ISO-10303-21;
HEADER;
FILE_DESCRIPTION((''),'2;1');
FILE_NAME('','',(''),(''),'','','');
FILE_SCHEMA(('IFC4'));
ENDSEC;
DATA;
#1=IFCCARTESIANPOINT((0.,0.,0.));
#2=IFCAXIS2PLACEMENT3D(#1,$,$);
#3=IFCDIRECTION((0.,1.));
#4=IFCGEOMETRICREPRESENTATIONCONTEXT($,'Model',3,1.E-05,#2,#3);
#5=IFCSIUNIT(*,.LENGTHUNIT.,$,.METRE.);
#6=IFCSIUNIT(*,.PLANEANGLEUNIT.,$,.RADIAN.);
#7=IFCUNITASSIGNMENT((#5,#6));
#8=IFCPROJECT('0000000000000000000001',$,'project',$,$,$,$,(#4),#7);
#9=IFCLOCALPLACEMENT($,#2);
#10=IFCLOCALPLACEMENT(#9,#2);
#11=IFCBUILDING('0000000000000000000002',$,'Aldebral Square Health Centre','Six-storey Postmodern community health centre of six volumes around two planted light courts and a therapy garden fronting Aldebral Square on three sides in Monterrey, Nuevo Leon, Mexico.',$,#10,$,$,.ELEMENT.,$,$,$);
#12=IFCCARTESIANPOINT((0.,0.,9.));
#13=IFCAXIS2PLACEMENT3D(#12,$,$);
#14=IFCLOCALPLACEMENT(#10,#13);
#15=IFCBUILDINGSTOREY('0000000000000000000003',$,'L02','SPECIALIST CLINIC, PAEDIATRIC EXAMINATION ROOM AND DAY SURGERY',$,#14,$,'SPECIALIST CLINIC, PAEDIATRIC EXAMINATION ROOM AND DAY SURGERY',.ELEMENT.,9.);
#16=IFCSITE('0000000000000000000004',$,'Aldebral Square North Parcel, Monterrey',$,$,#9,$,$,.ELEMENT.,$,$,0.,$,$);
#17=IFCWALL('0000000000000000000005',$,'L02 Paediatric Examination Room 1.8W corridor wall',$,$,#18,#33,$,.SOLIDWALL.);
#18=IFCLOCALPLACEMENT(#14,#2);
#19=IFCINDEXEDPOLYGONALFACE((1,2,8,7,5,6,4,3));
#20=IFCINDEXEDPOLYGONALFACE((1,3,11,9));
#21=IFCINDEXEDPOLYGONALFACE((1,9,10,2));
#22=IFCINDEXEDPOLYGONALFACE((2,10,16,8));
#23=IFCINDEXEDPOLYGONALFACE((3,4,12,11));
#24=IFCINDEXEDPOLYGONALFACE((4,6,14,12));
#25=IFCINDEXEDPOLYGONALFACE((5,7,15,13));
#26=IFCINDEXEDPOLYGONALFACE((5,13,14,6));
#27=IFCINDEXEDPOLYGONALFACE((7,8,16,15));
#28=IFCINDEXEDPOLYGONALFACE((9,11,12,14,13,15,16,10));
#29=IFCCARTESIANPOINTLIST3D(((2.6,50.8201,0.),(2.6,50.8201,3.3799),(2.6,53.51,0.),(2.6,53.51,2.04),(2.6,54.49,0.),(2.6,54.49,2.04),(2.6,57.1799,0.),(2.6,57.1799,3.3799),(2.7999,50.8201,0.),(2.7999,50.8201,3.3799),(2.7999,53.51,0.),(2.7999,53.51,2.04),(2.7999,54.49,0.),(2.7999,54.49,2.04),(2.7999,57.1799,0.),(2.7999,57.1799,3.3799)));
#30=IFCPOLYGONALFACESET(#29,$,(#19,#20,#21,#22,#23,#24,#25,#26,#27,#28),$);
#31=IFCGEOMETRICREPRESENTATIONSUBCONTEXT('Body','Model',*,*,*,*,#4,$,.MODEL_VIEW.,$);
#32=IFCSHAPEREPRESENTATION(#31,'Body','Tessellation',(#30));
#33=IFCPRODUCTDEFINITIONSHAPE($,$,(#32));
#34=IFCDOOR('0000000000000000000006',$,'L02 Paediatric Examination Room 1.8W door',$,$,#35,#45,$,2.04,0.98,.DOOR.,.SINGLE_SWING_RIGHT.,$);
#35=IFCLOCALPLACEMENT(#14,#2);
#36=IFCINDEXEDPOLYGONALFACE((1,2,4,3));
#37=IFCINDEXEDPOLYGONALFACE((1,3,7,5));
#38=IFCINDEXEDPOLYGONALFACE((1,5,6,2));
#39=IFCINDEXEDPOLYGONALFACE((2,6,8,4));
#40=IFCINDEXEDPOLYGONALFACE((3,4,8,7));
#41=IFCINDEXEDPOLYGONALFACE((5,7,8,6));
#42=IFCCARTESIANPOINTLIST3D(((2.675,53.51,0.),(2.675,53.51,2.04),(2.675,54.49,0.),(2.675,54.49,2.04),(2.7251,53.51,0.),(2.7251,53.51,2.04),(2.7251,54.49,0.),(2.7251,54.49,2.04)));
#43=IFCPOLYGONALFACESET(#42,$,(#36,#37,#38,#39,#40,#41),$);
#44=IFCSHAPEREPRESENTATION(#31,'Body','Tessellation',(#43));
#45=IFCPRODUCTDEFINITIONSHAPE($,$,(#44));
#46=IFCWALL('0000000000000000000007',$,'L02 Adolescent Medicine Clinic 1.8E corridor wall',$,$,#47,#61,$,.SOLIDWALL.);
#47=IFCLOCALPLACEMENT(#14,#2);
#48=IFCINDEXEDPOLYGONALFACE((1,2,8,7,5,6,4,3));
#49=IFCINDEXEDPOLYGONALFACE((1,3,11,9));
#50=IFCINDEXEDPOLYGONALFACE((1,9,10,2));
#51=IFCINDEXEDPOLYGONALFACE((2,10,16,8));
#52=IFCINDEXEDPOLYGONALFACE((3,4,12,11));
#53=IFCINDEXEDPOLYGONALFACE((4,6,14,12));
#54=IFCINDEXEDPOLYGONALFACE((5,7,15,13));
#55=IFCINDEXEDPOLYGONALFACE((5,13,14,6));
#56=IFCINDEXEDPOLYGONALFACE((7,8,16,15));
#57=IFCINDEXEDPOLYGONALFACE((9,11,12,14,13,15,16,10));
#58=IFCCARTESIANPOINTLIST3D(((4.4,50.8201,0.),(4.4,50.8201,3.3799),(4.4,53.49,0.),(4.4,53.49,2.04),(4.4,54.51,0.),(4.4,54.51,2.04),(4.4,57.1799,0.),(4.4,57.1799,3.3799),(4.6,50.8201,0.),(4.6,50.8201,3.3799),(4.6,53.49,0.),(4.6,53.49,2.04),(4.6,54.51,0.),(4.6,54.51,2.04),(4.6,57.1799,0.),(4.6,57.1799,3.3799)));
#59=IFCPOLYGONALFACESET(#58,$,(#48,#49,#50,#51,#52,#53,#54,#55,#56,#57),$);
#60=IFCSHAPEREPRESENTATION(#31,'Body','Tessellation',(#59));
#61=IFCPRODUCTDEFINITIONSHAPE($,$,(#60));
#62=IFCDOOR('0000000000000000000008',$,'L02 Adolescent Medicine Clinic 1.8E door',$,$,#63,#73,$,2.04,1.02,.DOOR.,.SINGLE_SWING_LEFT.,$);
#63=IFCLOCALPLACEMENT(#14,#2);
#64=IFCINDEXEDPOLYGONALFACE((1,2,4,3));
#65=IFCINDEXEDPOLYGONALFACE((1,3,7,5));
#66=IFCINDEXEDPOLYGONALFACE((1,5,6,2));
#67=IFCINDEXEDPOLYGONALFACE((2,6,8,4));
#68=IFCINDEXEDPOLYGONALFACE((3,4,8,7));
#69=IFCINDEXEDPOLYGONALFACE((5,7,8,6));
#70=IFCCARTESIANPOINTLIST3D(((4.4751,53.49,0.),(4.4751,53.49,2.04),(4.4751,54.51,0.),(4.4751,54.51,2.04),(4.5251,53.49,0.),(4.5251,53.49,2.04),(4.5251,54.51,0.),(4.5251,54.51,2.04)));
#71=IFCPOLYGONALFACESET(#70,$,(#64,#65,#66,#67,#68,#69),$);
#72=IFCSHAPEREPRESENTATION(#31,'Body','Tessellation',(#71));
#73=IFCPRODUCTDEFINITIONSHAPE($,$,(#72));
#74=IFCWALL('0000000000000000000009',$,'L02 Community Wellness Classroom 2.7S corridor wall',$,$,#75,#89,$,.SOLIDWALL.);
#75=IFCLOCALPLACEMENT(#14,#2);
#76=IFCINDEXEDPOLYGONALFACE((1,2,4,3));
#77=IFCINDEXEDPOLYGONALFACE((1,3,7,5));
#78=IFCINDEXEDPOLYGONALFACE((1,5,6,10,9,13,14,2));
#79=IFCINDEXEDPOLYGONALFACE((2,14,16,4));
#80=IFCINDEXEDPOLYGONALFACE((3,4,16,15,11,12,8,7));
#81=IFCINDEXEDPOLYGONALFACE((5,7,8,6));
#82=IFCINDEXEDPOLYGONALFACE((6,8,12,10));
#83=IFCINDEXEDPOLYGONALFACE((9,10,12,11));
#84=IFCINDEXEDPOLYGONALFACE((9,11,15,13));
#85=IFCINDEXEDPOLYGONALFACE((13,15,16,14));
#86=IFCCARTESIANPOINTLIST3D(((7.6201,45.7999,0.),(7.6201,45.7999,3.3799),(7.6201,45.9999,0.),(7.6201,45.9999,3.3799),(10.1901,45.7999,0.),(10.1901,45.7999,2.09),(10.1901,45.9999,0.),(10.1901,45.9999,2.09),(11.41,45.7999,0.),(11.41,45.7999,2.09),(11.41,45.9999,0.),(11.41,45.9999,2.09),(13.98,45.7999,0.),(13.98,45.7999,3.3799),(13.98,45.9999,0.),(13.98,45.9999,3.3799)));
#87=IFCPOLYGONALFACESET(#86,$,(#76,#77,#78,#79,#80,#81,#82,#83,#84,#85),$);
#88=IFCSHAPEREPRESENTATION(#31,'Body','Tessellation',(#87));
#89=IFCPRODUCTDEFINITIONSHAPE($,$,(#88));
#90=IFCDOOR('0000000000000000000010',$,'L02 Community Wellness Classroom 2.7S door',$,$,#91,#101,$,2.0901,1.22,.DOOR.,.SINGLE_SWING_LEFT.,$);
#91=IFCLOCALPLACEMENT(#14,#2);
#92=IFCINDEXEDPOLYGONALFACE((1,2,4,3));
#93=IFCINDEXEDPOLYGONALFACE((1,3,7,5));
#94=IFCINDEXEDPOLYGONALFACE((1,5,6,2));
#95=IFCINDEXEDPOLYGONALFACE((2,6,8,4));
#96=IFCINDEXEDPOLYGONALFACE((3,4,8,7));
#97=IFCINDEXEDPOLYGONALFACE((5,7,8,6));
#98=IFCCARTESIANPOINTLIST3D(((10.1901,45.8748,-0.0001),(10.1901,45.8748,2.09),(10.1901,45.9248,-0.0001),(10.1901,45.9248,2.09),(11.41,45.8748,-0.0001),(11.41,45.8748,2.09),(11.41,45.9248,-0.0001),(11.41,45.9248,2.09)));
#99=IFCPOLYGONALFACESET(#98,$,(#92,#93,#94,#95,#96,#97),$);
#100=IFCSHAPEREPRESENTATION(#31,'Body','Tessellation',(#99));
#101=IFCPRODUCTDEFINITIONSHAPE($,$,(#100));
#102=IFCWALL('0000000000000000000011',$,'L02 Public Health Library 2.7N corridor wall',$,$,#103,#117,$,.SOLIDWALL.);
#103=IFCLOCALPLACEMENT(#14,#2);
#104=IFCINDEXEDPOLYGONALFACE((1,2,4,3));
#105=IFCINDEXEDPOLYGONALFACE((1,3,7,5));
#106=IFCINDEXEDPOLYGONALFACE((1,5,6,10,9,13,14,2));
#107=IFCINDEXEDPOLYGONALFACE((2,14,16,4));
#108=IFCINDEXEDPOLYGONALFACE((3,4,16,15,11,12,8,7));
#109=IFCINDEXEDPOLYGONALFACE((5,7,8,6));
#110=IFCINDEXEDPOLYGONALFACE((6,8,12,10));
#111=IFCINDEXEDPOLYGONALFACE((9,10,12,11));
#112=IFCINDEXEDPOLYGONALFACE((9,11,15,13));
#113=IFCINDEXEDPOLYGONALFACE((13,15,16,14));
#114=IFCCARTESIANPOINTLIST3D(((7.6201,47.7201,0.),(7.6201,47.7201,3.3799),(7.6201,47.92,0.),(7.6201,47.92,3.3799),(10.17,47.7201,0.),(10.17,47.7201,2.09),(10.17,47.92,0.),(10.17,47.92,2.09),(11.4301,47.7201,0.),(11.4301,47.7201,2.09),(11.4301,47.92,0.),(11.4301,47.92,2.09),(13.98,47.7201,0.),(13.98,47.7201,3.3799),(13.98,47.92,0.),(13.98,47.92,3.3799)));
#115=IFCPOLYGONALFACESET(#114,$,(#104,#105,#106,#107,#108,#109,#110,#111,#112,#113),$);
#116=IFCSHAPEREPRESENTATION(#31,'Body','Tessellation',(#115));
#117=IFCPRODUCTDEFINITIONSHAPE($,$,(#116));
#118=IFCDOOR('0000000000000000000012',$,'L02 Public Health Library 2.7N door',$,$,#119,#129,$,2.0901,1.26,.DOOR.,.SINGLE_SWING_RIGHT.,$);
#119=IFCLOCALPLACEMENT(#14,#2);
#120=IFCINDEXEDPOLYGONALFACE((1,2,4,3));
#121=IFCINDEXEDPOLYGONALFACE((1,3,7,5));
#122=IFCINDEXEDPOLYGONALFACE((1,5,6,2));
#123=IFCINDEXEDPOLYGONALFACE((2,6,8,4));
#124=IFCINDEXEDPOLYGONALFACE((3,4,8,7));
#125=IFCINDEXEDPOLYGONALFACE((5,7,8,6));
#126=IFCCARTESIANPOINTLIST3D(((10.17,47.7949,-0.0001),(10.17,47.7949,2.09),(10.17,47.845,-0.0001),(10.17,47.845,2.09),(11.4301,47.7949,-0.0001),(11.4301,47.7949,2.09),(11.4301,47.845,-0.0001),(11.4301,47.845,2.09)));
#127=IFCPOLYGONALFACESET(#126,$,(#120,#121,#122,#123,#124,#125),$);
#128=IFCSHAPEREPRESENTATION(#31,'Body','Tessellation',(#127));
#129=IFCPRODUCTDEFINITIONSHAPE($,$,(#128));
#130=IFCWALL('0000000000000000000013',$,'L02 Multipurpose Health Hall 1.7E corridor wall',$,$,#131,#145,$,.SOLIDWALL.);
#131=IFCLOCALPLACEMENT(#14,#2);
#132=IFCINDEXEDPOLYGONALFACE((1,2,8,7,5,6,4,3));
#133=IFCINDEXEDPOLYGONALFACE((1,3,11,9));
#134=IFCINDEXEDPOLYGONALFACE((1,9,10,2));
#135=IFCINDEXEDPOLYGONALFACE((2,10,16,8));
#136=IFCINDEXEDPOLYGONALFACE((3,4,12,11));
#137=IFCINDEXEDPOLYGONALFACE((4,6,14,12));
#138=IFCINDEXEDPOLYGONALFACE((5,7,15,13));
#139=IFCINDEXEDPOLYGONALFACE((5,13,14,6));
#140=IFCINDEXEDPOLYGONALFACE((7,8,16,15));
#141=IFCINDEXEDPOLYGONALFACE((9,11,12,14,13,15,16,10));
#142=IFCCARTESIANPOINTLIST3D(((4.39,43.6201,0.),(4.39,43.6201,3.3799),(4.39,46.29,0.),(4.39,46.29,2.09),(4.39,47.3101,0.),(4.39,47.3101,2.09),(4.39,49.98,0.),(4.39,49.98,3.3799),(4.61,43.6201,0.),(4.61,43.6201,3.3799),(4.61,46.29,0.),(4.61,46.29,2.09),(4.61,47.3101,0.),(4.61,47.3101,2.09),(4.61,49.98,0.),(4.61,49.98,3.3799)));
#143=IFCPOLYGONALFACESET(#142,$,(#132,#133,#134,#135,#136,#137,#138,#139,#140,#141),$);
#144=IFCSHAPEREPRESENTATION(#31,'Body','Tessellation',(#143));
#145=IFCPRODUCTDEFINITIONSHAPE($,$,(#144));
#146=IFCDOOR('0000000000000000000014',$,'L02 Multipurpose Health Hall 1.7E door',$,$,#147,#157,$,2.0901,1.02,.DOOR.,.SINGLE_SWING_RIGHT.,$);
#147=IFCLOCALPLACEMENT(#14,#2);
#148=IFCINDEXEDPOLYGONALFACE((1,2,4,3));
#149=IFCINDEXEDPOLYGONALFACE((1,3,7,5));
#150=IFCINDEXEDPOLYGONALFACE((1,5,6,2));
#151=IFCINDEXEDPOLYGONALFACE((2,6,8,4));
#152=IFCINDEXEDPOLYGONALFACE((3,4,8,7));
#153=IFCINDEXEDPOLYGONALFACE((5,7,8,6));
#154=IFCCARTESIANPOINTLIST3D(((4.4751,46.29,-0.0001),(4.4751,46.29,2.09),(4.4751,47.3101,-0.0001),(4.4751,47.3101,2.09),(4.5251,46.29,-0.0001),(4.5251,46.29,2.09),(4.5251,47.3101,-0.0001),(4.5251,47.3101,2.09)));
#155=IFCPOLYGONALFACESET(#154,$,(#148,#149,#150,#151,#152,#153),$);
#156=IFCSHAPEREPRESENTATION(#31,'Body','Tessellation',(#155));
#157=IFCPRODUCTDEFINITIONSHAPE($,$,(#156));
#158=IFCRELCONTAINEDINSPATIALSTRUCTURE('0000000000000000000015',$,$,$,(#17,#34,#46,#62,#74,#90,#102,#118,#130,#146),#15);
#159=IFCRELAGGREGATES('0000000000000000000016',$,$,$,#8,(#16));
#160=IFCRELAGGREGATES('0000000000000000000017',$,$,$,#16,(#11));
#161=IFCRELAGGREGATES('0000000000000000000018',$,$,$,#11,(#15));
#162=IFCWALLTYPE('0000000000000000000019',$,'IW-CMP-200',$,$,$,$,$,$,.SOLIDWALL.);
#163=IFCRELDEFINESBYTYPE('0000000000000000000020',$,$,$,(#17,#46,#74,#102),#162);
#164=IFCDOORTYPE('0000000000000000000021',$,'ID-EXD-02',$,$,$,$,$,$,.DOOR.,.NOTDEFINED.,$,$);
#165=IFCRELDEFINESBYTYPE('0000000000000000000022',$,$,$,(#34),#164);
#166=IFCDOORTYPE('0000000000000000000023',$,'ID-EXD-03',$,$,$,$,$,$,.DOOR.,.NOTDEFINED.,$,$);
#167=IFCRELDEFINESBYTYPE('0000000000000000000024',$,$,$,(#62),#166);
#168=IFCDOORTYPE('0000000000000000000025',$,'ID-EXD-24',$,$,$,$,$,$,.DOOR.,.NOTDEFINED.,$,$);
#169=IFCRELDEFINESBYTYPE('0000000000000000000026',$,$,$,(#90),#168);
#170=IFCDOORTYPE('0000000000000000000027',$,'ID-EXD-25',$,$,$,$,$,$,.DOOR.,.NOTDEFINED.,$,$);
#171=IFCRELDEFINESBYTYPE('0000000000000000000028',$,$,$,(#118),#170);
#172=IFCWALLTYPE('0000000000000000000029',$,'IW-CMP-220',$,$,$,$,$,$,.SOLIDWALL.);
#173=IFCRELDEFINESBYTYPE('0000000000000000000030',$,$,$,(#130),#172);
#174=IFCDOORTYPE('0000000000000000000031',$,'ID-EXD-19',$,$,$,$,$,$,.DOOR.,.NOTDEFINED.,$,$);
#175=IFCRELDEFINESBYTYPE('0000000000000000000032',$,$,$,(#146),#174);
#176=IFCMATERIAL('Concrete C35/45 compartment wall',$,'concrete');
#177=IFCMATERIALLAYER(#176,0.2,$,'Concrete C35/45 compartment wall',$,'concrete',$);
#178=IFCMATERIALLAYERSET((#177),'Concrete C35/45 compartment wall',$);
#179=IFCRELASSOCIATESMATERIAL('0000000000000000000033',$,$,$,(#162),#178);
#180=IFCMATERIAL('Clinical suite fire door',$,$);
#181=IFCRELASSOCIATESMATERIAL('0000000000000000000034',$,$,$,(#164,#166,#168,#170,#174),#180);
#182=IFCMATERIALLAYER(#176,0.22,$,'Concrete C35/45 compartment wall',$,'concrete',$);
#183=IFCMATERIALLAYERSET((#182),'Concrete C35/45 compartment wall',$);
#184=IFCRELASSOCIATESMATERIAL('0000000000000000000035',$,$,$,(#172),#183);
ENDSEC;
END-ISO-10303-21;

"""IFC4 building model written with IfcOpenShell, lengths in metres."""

from ifc_helpers import new_model, si_unit, direction, frame, frame_2d, origin, place, context, subcontext, project, spatial, rectangle, extrude, material, layer, layer_set, type_object, element, fill, save


model = new_model("IFC4")

# Units and contexts
model_context = context("Model", 3, precision=1e-05, world=origin(), true_north=direction((0.0, 1.0)))
body_context = subcontext(model_context, "Body", "Model", "MODEL_VIEW")
ifc_project = project(units=[si_unit("LENGTHUNIT", "METRE"), si_unit("PLANEANGLEUNIT", "RADIAN")], contexts=[model_context])

# Site, building, storey
site_placement = place(None, origin())
site = spatial("IfcSite", under=ifc_project, at=site_placement, Name="Aldebral Square North Parcel, Monterrey", CompositionType="ELEMENT", RefElevation=0.0)
building_placement = place(site_placement, origin())
building = spatial("IfcBuilding", under=site, at=building_placement, Name="Aldebral Square Health Centre", Description="Six-storey Postmodern community health centre of six volumes around two planted light courts and a therapy garden fronting Aldebral Square on three sides in Monterrey, Nuevo Leon, Mexico.", CompositionType="ELEMENT")
storey_placement = place(building_placement, frame((0.0, 0.0, 9.0)))
storey = spatial("IfcBuildingStorey", under=building, at=storey_placement, Name="L02", Description="SPECIALIST CLINIC, PAEDIATRIC EXAMINATION ROOM AND DAY SURGERY", LongName="SPECIALIST CLINIC, PAEDIATRIC EXAMINATION ROOM AND DAY SURGERY", CompositionType="ELEMENT", Elevation=9.0)

# Walls, openings, doors
ifc_material_1 = material(Name="Concrete C35/45 compartment wall", Category="concrete")
ifc_layer_1 = layer(ifc_material_1, 0.2, Name="Concrete C35/45 compartment wall", Category="concrete")
ifc_layer_set_1 = layer_set([ifc_layer_1], Name="Concrete C35/45 compartment wall")
wall_type_1 = type_object("IfcWallType", Name="IW-CMP-200", PredefinedType="SOLIDWALL", material=ifc_layer_set_1)
wall_1_placement = place(storey_placement, frame((2.7, 50.8201, 0.0), z_axis=(0.0, 0.0, 1.0), x_axis=(0.0, 1.0, 0.0)))
wall_1 = element("IfcWall", 1, at=wall_1_placement, inside=storey, type_object=wall_type_1, Name="L02 Paediatric Examination Room 1.8W corridor wall", PredefinedType="SOLIDWALL", context=body_context, shape_type="SweptSolid", body=[
    extrude(rectangle(XDim=6.3599, YDim=0.2, at=frame_2d((3.1799, 0.0))), origin(), (0.0, 0.0, 1.0), 3.3799),
])
opening_1_placement = place(wall_1_placement, frame((2.6899, 0.0, 0.0)))
opening_1 = element("IfcOpeningElement", 2, at=opening_1_placement, cuts=wall_1, PredefinedType="OPENING", context=body_context, shape_type="SweptSolid", body=[
    extrude(rectangle(XDim=0.98, YDim=2.04, at=frame_2d((0.49, 1.02))), frame((0.0, 0.1099, 0.0), z_axis=(0.0, -1.0, 0.0), x_axis=(1.0, 0.0, 0.0)), (0.0, 0.0, 1.0), 0.22),
])
ifc_material_2 = material(Name="Clinical suite fire door")
door_type_1 = type_object("IfcDoorType", Name="ID-EXD-02", OperationType="NOTDEFINED", PredefinedType="DOOR", material=ifc_material_2)
door_1_placement = place(opening_1_placement, origin())
door_1 = element("IfcDoor", 3, at=door_1_placement, inside=storey, type_object=door_type_1, Name="L02 Paediatric Examination Room 1.8W door", OperationType="SINGLE_SWING_RIGHT", OverallHeight=2.04, OverallWidth=0.98, PredefinedType="DOOR", context=body_context, shape_type="SweptSolid", body=[
    extrude(rectangle(XDim=0.98, YDim=2.04, at=frame_2d((0.49, 1.02))), frame((0.0, 0.0249, 0.0), z_axis=(0.0, -1.0, 0.0), x_axis=(1.0, 0.0, 0.0)), (0.0, 0.0, 1.0), 0.05),
])
fill(opening_1, door_1)
wall_2_placement = place(storey_placement, frame((4.5, 50.8201, 0.0), z_axis=(0.0, 0.0, 1.0), x_axis=(0.0, 1.0, 0.0)))
wall_2 = element("IfcWall", 4, at=wall_2_placement, inside=storey, type_object=wall_type_1, Name="L02 Adolescent Medicine Clinic 1.8E corridor wall", PredefinedType="SOLIDWALL", context=body_context, shape_type="SweptSolid", body=[
    extrude(rectangle(XDim=6.3599, YDim=0.2, at=frame_2d((3.1799, 0.0))), origin(), (0.0, 0.0, 1.0), 3.3799),
])
opening_2_placement = place(wall_2_placement, frame((2.6699, 0.0, 0.0)))
opening_2 = element("IfcOpeningElement", 5, at=opening_2_placement, cuts=wall_2, PredefinedType="OPENING", context=body_context, shape_type="SweptSolid", body=[
    extrude(rectangle(XDim=1.02, YDim=2.04, at=frame_2d((0.51, 1.02))), frame((0.0, 0.1099, 0.0), z_axis=(0.0, -1.0, 0.0), x_axis=(1.0, 0.0, 0.0)), (0.0, 0.0, 1.0), 0.22),
])
door_type_2 = type_object("IfcDoorType", Name="ID-EXD-03", OperationType="NOTDEFINED", PredefinedType="DOOR", material=ifc_material_2)
door_2_placement = place(opening_2_placement, origin())
door_2 = element("IfcDoor", 6, at=door_2_placement, inside=storey, type_object=door_type_2, Name="L02 Adolescent Medicine Clinic 1.8E door", OperationType="SINGLE_SWING_LEFT", OverallHeight=2.04, OverallWidth=1.02, PredefinedType="DOOR", context=body_context, shape_type="SweptSolid", body=[
    extrude(rectangle(XDim=1.02, YDim=2.04, at=frame_2d((0.51, 1.02))), frame((0.0, 0.0249, 0.0), z_axis=(0.0, -1.0, 0.0), x_axis=(1.0, 0.0, 0.0)), (0.0, 0.0, 1.0), 0.05),
])
fill(opening_2, door_2)
wall_3_placement = place(storey_placement, frame((7.6201, 45.8999, 0.0), z_axis=(0.0, 0.0, 1.0), x_axis=(1.0, 0.0, 0.0)))
wall_3 = element("IfcWall", 7, at=wall_3_placement, inside=storey, type_object=wall_type_1, Name="L02 Community Wellness Classroom 2.7S corridor wall", PredefinedType="SOLIDWALL", context=body_context, shape_type="SweptSolid", body=[
    extrude(rectangle(XDim=6.3599, YDim=0.2, at=frame_2d((3.1799, 0.0))), origin(), (0.0, 0.0, 1.0), 3.3799),
])
opening_3_placement = place(wall_3_placement, frame((2.5701, 0.0, 0.0)))
opening_3 = element("IfcOpeningElement", 8, at=opening_3_placement, cuts=wall_3, PredefinedType="OPENING", context=body_context, shape_type="SweptSolid", body=[
    extrude(rectangle(XDim=1.22, YDim=2.0901, at=frame_2d((0.6099, 1.0449))), frame((0.0, 0.1099, 0.0), z_axis=(0.0, -1.0, 0.0), x_axis=(1.0, 0.0, 0.0)), (0.0, 0.0, 1.0), 0.22),
])
door_type_3 = type_object("IfcDoorType", Name="ID-EXD-24", OperationType="NOTDEFINED", PredefinedType="DOOR", material=ifc_material_2)
door_3_placement = place(opening_3_placement, origin())
door_3 = element("IfcDoor", 9, at=door_3_placement, inside=storey, type_object=door_type_3, Name="L02 Community Wellness Classroom 2.7S door", OperationType="SINGLE_SWING_LEFT", OverallHeight=2.0901, OverallWidth=1.22, PredefinedType="DOOR", context=body_context, shape_type="SweptSolid", body=[
    extrude(rectangle(XDim=1.22, YDim=2.0901, at=frame_2d((0.6099, 1.0449))), frame((0.0, 0.0249, 0.0), z_axis=(0.0, -1.0, 0.0), x_axis=(1.0, 0.0, 0.0)), (0.0, 0.0, 1.0), 0.05),
])
fill(opening_3, door_3)
wall_4_placement = place(storey_placement, frame((7.6201, 47.8201, 0.0), z_axis=(0.0, 0.0, 1.0), x_axis=(1.0, 0.0, 0.0)))
wall_4 = element("IfcWall", 10, at=wall_4_placement, inside=storey, type_object=wall_type_1, Name="L02 Public Health Library 2.7N corridor wall", PredefinedType="SOLIDWALL", context=body_context, shape_type="SweptSolid", body=[
    extrude(rectangle(XDim=6.3599, YDim=0.2, at=frame_2d((3.1799, 0.0))), origin(), (0.0, 0.0, 1.0), 3.3799),
])
opening_4_placement = place(wall_4_placement, frame((2.55, 0.0, 0.0)))
opening_4 = element("IfcOpeningElement", 11, at=opening_4_placement, cuts=wall_4, PredefinedType="OPENING", context=body_context, shape_type="SweptSolid", body=[
    extrude(rectangle(XDim=1.26, YDim=2.0901, at=frame_2d((0.6299, 1.0449))), frame((0.0, 0.1099, 0.0), z_axis=(0.0, -1.0, 0.0), x_axis=(1.0, 0.0, 0.0)), (0.0, 0.0, 1.0), 0.22),
])
door_type_4 = type_object("IfcDoorType", Name="ID-EXD-25", OperationType="NOTDEFINED", PredefinedType="DOOR", material=ifc_material_2)
door_4_placement = place(opening_4_placement, origin())
door_4 = element("IfcDoor", 12, at=door_4_placement, inside=storey, type_object=door_type_4, Name="L02 Public Health Library 2.7N door", OperationType="SINGLE_SWING_RIGHT", OverallHeight=2.0901, OverallWidth=1.26, PredefinedType="DOOR", context=body_context, shape_type="SweptSolid", body=[
    extrude(rectangle(XDim=1.26, YDim=2.0901, at=frame_2d((0.6299, 1.0449))), frame((0.0, 0.0249, 0.0), z_axis=(0.0, -1.0, 0.0), x_axis=(1.0, 0.0, 0.0)), (0.0, 0.0, 1.0), 0.05),
])
fill(opening_4, door_4)
ifc_layer_2 = layer(ifc_material_1, 0.22, Name="Concrete C35/45 compartment wall", Category="concrete")
ifc_layer_set_2 = layer_set([ifc_layer_2], Name="Concrete C35/45 compartment wall")
wall_type_2 = type_object("IfcWallType", Name="IW-CMP-220", PredefinedType="SOLIDWALL", material=ifc_layer_set_2)
wall_5_placement = place(storey_placement, frame((4.5, 43.6201, 0.0), z_axis=(0.0, 0.0, 1.0), x_axis=(0.0, 1.0, 0.0)))
wall_5 = element("IfcWall", 13, at=wall_5_placement, inside=storey, type_object=wall_type_2, Name="L02 Multipurpose Health Hall 1.7E corridor wall", PredefinedType="SOLIDWALL", context=body_context, shape_type="SweptSolid", body=[
    extrude(rectangle(XDim=6.3599, YDim=0.22, at=frame_2d((3.1799, 0.0))), origin(), (0.0, 0.0, 1.0), 3.3799),
])
opening_5_placement = place(wall_5_placement, frame((2.6699, 0.0, 0.0)))
opening_5 = element("IfcOpeningElement", 14, at=opening_5_placement, cuts=wall_5, PredefinedType="OPENING", context=body_context, shape_type="SweptSolid", body=[
    extrude(rectangle(XDim=1.02, YDim=2.0901, at=frame_2d((0.51, 1.0449))), frame((0.0, 0.1201, 0.0), z_axis=(0.0, -1.0, 0.0), x_axis=(1.0, 0.0, 0.0)), (0.0, 0.0, 1.0), 0.24),
])
door_type_5 = type_object("IfcDoorType", Name="ID-EXD-19", OperationType="NOTDEFINED", PredefinedType="DOOR", material=ifc_material_2)
door_5_placement = place(opening_5_placement, origin())
door_5 = element("IfcDoor", 15, at=door_5_placement, inside=storey, type_object=door_type_5, Name="L02 Multipurpose Health Hall 1.7E door", OperationType="SINGLE_SWING_RIGHT", OverallHeight=2.0901, OverallWidth=1.02, PredefinedType="DOOR", context=body_context, shape_type="SweptSolid", body=[
    extrude(rectangle(XDim=1.02, YDim=2.0901, at=frame_2d((0.51, 1.0449))), frame((0.0, 0.0249, 0.0), z_axis=(0.0, -1.0, 0.0), x_axis=(1.0, 0.0, 0.0)), (0.0, 0.0, 1.0), 0.05),
])
fill(opening_5, door_5)

save(model, "model.ifc")
